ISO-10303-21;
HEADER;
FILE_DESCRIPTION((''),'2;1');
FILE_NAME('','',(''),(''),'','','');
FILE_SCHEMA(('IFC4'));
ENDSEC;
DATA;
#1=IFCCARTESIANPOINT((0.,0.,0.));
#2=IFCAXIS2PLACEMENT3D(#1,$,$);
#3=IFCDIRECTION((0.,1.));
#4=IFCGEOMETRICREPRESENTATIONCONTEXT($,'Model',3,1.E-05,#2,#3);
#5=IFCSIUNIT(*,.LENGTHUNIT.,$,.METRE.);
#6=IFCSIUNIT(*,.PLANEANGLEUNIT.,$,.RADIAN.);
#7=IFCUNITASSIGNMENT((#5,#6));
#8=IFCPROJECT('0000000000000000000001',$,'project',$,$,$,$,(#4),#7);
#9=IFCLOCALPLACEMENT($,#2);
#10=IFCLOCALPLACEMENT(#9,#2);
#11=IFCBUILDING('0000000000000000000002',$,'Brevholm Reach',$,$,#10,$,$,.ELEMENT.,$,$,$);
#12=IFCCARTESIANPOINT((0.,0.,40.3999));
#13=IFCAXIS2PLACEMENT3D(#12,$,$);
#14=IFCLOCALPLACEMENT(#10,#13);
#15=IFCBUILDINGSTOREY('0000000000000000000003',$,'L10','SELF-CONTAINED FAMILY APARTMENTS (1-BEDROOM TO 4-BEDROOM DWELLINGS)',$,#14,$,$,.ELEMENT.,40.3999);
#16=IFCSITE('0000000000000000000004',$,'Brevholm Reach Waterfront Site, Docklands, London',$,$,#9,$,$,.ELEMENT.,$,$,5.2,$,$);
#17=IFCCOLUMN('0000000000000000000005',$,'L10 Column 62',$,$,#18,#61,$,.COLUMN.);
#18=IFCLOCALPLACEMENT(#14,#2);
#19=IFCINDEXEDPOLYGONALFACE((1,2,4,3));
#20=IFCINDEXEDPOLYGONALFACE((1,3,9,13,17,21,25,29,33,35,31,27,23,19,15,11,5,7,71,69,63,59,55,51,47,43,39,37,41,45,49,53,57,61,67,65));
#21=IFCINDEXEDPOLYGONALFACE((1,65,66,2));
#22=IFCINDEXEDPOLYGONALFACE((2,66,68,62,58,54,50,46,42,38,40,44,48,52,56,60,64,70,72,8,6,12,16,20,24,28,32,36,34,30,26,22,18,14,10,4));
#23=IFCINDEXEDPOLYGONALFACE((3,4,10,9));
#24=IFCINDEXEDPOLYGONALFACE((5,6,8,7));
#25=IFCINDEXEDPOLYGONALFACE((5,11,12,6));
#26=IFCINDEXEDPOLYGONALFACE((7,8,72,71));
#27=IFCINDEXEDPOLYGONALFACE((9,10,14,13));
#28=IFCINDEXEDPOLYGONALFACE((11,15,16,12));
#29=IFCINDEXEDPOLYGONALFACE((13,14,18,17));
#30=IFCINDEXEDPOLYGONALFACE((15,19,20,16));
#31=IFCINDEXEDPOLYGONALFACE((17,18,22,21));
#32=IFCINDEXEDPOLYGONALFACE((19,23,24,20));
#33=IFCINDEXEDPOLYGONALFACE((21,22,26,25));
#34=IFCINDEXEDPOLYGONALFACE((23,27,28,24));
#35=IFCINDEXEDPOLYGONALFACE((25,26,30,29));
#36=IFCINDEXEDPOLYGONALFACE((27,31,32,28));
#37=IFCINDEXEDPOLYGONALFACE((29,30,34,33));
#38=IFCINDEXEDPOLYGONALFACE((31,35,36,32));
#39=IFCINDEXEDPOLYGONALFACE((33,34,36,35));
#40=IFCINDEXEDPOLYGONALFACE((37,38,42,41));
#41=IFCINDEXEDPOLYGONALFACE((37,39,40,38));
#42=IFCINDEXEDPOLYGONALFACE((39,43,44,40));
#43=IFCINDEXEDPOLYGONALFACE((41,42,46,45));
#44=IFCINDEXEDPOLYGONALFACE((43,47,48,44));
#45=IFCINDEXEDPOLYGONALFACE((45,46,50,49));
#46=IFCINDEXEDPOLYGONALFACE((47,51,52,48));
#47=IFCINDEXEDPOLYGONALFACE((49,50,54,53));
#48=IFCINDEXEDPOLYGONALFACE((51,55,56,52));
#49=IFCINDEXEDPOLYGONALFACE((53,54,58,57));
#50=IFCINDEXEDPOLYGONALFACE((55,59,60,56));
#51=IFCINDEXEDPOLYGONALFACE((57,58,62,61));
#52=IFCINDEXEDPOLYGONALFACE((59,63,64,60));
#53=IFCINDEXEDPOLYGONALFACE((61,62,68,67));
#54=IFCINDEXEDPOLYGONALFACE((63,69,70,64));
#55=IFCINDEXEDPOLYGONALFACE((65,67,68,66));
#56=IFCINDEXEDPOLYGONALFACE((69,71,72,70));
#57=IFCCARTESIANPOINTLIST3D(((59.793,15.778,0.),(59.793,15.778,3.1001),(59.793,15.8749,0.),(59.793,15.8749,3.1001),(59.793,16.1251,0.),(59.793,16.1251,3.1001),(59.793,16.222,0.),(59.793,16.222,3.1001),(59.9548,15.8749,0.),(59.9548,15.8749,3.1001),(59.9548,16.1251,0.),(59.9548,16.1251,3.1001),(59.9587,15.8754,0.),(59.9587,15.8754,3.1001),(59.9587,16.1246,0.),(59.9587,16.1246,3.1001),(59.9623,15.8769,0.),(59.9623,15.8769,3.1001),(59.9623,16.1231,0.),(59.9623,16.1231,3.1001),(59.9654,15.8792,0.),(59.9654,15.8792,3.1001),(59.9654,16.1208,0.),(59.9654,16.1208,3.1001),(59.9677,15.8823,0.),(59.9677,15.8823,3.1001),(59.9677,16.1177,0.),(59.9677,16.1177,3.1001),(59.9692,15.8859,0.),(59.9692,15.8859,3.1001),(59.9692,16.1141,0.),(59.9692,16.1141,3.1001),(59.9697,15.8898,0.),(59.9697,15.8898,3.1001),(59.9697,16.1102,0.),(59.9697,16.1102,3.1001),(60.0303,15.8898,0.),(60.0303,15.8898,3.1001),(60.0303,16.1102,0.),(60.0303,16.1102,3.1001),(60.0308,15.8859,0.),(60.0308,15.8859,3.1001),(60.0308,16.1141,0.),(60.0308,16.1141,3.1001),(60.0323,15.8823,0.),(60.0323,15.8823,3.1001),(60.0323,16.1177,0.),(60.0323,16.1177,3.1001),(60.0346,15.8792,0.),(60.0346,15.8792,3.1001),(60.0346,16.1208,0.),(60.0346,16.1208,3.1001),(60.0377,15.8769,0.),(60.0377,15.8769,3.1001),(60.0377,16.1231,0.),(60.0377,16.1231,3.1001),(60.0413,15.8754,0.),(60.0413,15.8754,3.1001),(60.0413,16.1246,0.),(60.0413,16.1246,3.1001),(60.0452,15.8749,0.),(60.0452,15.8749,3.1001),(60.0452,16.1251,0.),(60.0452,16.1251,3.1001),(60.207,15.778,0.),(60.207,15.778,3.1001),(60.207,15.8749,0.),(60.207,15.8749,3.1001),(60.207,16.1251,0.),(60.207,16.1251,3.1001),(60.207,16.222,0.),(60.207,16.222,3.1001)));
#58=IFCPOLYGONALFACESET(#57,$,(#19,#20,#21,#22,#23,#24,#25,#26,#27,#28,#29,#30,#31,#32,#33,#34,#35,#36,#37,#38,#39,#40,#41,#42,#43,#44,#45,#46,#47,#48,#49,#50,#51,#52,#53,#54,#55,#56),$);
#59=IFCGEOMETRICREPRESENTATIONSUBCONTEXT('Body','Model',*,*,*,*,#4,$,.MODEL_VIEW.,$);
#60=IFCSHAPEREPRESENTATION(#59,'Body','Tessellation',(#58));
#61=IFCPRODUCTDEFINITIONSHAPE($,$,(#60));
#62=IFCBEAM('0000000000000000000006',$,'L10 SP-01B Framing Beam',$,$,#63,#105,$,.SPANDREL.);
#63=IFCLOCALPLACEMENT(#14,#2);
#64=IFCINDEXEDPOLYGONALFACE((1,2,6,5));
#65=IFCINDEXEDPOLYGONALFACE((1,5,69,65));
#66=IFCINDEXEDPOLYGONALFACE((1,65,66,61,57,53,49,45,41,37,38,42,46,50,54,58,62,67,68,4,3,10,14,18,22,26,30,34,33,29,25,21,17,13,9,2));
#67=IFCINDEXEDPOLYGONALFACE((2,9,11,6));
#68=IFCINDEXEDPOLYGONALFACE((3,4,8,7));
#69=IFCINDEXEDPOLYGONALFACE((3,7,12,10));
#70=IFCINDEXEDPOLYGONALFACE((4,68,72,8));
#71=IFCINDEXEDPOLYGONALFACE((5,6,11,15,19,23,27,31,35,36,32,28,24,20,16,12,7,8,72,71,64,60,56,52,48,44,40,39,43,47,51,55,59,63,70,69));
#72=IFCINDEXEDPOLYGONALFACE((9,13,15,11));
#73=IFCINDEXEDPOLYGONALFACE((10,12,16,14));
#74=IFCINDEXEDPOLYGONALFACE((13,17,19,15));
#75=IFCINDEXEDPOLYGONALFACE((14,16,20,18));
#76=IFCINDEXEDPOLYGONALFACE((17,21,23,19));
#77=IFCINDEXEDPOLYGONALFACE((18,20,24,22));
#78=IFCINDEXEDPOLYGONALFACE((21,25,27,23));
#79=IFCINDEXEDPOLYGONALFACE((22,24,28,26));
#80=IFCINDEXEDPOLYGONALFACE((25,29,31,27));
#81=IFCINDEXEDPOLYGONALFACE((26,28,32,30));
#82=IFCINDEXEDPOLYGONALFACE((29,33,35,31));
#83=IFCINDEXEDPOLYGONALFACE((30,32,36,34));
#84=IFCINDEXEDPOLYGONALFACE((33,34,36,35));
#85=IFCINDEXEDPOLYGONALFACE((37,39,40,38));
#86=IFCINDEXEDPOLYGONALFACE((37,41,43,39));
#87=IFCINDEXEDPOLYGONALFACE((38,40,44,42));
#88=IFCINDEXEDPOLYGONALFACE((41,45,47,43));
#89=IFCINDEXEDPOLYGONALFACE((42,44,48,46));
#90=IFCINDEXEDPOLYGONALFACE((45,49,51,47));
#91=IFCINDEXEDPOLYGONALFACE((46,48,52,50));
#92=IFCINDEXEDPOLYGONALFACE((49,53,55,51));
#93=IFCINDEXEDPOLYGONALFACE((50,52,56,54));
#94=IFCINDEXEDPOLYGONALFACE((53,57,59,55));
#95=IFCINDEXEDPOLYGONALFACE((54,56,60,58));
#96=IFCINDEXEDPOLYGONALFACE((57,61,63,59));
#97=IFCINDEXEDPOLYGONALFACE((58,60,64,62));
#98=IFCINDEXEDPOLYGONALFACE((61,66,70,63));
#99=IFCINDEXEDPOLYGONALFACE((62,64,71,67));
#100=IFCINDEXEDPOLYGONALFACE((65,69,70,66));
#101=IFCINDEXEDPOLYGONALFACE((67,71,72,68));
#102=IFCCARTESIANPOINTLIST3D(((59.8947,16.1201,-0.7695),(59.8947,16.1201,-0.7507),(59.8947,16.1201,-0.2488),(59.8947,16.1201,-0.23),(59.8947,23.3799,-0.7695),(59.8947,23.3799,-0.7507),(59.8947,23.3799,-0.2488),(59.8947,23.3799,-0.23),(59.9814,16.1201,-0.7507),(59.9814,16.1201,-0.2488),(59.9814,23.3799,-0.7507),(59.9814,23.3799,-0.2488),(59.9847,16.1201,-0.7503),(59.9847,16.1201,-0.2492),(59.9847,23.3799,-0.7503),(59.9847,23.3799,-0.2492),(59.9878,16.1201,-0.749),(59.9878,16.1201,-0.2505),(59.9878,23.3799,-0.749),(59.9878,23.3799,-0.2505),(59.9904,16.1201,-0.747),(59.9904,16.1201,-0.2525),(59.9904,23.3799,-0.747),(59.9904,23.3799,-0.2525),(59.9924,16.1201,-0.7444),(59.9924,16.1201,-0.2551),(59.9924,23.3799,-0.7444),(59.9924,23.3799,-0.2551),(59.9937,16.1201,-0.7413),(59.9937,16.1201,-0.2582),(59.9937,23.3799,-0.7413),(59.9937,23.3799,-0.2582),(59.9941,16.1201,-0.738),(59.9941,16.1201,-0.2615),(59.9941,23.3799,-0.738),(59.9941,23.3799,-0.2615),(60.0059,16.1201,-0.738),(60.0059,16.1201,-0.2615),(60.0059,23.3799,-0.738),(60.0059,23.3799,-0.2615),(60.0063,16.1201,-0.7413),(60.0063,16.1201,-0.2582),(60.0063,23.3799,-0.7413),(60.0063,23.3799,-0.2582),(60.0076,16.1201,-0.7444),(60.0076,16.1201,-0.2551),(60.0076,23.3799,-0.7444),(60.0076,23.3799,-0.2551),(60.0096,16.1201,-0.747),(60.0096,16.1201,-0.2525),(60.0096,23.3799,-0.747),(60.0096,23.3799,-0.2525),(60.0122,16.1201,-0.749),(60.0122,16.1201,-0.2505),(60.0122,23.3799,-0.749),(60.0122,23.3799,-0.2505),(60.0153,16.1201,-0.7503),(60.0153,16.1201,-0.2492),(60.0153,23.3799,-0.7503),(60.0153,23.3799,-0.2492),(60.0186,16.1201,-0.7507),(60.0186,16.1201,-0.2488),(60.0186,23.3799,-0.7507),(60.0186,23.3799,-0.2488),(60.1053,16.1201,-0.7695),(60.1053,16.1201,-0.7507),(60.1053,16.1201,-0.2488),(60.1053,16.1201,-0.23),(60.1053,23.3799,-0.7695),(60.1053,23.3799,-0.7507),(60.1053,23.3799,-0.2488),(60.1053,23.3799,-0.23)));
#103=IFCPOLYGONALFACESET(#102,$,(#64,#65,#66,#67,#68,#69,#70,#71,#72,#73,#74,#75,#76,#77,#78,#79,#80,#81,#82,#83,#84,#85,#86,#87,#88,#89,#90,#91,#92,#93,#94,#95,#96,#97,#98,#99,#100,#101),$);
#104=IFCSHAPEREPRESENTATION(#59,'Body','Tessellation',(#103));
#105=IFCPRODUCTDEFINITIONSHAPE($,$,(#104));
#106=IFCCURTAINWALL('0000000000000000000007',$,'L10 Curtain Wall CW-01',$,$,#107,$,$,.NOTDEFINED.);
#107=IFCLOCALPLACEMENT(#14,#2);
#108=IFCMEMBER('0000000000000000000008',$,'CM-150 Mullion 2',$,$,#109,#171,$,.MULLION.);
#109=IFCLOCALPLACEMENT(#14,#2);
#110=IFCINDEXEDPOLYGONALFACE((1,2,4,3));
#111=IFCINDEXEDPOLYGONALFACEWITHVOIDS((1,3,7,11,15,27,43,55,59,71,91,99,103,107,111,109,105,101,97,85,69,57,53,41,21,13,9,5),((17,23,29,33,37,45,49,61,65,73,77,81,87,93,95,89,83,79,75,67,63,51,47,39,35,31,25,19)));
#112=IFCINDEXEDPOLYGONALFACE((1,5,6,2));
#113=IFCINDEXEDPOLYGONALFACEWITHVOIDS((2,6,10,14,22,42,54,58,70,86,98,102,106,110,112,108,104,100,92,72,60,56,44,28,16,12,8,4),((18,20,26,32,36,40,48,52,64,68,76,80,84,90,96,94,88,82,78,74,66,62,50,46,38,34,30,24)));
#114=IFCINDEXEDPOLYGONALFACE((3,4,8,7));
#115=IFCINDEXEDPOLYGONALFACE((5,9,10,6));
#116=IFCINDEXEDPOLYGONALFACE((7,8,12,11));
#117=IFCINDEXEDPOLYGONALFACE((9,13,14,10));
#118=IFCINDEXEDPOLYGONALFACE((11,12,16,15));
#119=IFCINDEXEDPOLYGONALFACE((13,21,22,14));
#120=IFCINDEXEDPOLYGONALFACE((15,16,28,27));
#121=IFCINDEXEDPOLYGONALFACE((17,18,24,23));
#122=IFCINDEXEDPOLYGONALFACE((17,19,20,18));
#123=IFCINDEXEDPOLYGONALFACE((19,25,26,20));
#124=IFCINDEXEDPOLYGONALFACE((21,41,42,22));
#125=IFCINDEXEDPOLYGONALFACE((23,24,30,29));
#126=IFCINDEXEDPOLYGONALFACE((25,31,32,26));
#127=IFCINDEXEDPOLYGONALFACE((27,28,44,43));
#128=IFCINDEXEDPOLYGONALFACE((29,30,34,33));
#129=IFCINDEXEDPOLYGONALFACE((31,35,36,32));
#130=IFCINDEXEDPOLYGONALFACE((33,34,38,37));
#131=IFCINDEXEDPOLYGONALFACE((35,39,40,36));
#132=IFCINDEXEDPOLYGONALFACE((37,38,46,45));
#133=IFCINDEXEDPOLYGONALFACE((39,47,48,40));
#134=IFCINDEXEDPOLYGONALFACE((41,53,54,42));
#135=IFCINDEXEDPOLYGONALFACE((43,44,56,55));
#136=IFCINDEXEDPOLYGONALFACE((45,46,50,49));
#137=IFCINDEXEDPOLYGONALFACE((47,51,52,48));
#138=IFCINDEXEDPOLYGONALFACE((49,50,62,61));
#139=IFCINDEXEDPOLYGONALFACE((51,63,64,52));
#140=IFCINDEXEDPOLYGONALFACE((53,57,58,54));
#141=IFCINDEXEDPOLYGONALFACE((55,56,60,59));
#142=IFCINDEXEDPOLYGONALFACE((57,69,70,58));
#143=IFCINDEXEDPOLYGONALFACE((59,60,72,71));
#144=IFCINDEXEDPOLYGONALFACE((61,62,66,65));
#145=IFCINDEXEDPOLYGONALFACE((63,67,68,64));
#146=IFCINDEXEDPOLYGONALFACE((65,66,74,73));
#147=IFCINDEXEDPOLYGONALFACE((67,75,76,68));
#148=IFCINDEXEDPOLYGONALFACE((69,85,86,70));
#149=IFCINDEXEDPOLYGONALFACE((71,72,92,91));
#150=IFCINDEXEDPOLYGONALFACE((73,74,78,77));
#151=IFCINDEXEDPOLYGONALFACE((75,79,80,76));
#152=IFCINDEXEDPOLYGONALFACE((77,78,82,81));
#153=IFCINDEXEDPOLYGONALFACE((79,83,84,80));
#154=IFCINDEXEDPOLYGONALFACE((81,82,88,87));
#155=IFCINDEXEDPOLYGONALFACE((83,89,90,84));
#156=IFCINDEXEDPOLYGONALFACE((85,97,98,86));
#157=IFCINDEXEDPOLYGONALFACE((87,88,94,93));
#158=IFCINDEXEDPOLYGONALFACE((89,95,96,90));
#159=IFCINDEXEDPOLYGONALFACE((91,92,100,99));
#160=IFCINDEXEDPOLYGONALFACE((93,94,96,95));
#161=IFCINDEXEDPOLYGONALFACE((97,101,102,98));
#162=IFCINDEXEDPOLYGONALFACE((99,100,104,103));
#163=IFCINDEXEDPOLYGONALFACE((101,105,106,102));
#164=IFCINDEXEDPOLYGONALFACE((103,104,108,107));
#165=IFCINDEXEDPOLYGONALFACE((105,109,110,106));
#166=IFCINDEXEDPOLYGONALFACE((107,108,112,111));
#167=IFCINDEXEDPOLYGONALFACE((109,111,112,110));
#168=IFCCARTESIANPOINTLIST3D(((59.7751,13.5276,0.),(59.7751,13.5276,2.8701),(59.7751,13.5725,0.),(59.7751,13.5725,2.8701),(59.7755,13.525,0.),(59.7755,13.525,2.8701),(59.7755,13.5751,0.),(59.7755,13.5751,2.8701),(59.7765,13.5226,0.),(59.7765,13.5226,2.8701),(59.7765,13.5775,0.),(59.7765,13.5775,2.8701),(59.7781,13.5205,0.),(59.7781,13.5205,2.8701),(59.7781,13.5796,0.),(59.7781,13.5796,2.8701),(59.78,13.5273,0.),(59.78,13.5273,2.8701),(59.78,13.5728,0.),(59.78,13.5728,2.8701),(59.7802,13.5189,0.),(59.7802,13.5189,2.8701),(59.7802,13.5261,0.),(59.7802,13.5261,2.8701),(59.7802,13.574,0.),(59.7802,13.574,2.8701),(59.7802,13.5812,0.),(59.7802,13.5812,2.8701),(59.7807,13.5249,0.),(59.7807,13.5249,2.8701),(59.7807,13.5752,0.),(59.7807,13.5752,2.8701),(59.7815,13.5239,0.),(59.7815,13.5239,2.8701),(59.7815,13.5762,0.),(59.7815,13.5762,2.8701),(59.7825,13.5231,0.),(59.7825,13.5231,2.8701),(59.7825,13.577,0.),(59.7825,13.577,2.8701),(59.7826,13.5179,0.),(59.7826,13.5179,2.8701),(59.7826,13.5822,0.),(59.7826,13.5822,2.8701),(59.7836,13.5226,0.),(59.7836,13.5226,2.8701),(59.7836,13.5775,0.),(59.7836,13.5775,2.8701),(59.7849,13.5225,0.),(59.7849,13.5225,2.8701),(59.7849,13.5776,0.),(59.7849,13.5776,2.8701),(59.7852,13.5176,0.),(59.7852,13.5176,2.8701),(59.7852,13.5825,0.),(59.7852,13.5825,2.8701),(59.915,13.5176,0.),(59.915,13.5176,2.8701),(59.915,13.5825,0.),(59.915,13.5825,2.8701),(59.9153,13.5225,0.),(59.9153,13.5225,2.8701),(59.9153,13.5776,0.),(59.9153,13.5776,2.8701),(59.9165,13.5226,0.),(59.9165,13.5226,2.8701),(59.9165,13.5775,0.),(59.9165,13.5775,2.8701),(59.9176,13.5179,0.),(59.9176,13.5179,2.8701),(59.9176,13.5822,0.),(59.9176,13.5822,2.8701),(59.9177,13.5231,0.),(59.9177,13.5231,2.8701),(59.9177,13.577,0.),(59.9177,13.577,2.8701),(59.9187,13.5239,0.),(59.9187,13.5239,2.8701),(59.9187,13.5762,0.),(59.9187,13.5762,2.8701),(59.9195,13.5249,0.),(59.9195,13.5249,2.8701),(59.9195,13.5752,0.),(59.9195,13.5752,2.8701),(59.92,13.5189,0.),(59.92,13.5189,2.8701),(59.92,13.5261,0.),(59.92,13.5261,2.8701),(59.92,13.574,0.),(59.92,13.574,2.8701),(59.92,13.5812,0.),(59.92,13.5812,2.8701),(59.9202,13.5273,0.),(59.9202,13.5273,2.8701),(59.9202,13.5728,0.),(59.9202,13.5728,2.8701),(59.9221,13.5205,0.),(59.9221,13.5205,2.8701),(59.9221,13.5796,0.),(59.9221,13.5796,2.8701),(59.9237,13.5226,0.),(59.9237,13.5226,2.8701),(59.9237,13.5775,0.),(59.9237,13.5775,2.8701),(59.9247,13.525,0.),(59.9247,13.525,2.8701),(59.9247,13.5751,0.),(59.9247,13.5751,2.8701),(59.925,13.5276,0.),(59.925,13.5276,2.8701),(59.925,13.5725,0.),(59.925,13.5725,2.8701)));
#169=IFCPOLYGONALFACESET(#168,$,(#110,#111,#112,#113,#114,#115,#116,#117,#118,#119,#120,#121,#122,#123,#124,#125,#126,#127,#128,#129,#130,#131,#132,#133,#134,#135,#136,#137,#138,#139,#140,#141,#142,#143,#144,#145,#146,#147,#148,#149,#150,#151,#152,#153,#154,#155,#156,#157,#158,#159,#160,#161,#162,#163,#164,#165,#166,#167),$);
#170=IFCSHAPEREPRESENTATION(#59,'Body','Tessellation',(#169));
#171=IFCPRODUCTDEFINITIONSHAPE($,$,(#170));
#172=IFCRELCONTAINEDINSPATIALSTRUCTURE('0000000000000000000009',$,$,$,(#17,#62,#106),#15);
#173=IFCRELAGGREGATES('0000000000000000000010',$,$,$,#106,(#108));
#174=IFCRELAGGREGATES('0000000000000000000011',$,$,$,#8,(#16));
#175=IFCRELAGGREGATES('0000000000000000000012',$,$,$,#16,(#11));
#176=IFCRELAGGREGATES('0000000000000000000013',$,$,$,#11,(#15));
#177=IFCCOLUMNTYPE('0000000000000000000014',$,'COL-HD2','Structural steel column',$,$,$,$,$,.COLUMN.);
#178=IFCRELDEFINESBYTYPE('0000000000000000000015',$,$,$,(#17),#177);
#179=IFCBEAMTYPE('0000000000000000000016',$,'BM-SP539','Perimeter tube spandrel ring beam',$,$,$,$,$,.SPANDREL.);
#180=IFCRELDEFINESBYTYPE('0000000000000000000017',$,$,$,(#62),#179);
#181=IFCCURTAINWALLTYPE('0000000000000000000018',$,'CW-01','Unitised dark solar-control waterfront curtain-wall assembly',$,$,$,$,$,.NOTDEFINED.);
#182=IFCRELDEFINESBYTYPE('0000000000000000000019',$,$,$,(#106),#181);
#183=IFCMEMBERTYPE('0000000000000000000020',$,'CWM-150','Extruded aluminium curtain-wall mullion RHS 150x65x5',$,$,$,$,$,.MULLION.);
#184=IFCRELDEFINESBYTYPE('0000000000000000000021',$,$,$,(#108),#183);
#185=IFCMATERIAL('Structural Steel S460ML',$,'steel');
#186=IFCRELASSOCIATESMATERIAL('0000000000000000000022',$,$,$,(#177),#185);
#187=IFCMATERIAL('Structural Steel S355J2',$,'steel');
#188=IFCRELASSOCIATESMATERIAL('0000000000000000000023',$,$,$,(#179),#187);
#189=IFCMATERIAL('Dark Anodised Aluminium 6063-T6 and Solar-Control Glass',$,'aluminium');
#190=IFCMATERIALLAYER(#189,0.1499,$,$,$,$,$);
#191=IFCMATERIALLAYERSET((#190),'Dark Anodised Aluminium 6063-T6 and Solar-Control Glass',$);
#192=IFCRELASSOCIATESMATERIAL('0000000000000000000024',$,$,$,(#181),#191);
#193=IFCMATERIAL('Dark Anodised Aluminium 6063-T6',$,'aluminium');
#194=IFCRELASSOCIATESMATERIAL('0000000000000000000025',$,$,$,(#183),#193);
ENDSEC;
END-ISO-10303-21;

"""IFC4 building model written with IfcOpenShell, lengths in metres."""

from ifc_helpers import new_model, si_unit, direction, frame, origin, origin_2d, place, context, subcontext, project, spatial, hollow_rectangle, i_section, extrude, material, layer, layer_set, material_profile, profile_set, type_object, element, aggregate, save


model = new_model("IFC4")

# Units and contexts
model_context = context("Model", 3, precision=1e-05, world=origin(), true_north=direction((0.0, 1.0)))
body_context = subcontext(model_context, "Body", "Model", "MODEL_VIEW")
ifc_project = project(units=[si_unit("LENGTHUNIT", "METRE"), si_unit("PLANEANGLEUNIT", "RADIAN")], contexts=[model_context])

# Site, building, storey
site_placement = place(None, origin())
site = spatial("IfcSite", under=ifc_project, at=site_placement, Name="Brevholm Reach Waterfront Site, Docklands, London", CompositionType="ELEMENT", RefElevation=5.2)
building_placement = place(site_placement, origin())
building = spatial("IfcBuilding", under=site, at=building_placement, Name="Brevholm Reach", CompositionType="ELEMENT")
storey_placement = place(building_placement, frame((0.0, 0.0, 40.3999)))
storey = spatial("IfcBuildingStorey", under=building, at=storey_placement, Name="L10", Description="SELF-CONTAINED FAMILY APARTMENTS (1-BEDROOM TO 4-BEDROOM DWELLINGS)", CompositionType="ELEMENT", Elevation=40.3999)

# Column
ifc_material_1 = material(Name="Structural Steel S460ML", Category="steel")
ifc_material_profile_1 = material_profile(ifc_material_1, i_section(OverallWidth=0.4141, OverallDepth=0.4441, WebThickness=0.0605, FlangeThickness=0.0969, FilletRadius=0.0149, at=origin_2d()), Name="HD 400x818")
ifc_profile_set_1 = profile_set([ifc_material_profile_1], Name="Structural Steel S460ML")
column_type = type_object("IfcColumnType", Name="COL-HD2", Description="Structural steel column", PredefinedType="COLUMN", material=ifc_profile_set_1)
column_placement = place(storey_placement, frame((60.0, 16.0, 0.0), z_axis=(0.0, 0.0, 1.0), x_axis=(1.0, 0.0, 0.0)))
element("IfcColumn", 1, at=column_placement, inside=storey, type_object=column_type, Name="L10 Column 62", PredefinedType="COLUMN", context=body_context, shape_type="SweptSolid", body=[
    extrude(i_section(OverallWidth=0.4141, OverallDepth=0.4441, WebThickness=0.0605, FlangeThickness=0.0969, FilletRadius=0.0149, at=origin_2d()), origin(), (0.0, 0.0, 1.0), 3.1001),
])

# Beam
ifc_material_2 = material(Name="Structural Steel S355J2", Category="steel")
ifc_material_profile_2 = material_profile(ifc_material_2, i_section(OverallWidth=0.2107, OverallDepth=0.5396, WebThickness=0.0117, FlangeThickness=0.0188, FilletRadius=0.0127, at=origin_2d()), Name="UKB 533x210x109")
ifc_profile_set_2 = profile_set([ifc_material_profile_2], Name="Structural Steel S355J2")
beam_type = type_object("IfcBeamType", Name="BM-SP539", Description="Perimeter tube spandrel ring beam", PredefinedType="SPANDREL", material=ifc_profile_set_2)
beam_placement = place(storey_placement, frame((60.0, 16.1201, -0.4998), z_axis=(0.0, 1.0, 0.0), x_axis=(-1.0, 0.0, 0.0)))
element("IfcBeam", 2, at=beam_placement, inside=storey, type_object=beam_type, Name="L10 SP-01B Framing Beam", PredefinedType="SPANDREL", context=body_context, shape_type="SweptSolid", body=[
    extrude(i_section(OverallWidth=0.2107, OverallDepth=0.5396, WebThickness=0.0117, FlangeThickness=0.0188, FilletRadius=0.0127, at=origin_2d()), origin(), (0.0, 0.0, 1.0), 7.2598),
])

# Curtain wall, member
ifc_material_3 = material(Name="Dark Anodised Aluminium 6063-T6 and Solar-Control Glass", Category="aluminium")
ifc_layer_1 = layer(ifc_material_3, 0.1499)
ifc_layer_set_1 = layer_set([ifc_layer_1], Name="Dark Anodised Aluminium 6063-T6 and Solar-Control Glass")
curtain_wall_type = type_object("IfcCurtainWallType", Name="CW-01", Description="Unitised dark solar-control waterfront curtain-wall assembly", PredefinedType="NOTDEFINED", material=ifc_layer_set_1)
curtain_wall_placement = place(storey_placement, origin())
curtain_wall = element("IfcCurtainWall", 3, at=curtain_wall_placement, inside=storey, type_object=curtain_wall_type, Name="L10 Curtain Wall CW-01", PredefinedType="NOTDEFINED")
ifc_material_4 = material(Name="Dark Anodised Aluminium 6063-T6", Category="aluminium")
ifc_material_profile_3 = material_profile(ifc_material_4, hollow_rectangle(XDim=0.0649, YDim=0.1499, WallThickness=0.0049, InnerFilletRadius=0.0049, OuterFilletRadius=0.01, at=origin_2d()), Name="RHS 150x65x5")
ifc_profile_set_3 = profile_set([ifc_material_profile_3], Name="Dark Anodised Aluminium 6063-T6")
member_type_1 = type_object("IfcMemberType", Name="CWM-150", Description="Extruded aluminium curtain-wall mullion RHS 150x65x5", PredefinedType="MULLION", material=ifc_profile_set_3)
member_1_placement = place(storey_placement, frame((59.8501, 13.55, 0.0), z_axis=(0.0, 0.0, 1.0), x_axis=(0.0, 1.0, 0.0)))
member_1 = element("IfcMember", 4, at=member_1_placement, type_object=member_type_1, Name="CM-150 Mullion 2", PredefinedType="MULLION", context=body_context, shape_type="SweptSolid", body=[
    extrude(hollow_rectangle(XDim=0.0649, YDim=0.1499, WallThickness=0.0049, InnerFilletRadius=0.0049, OuterFilletRadius=0.01, at=origin_2d()), origin(), (0.0, 0.0, 1.0), 2.8701),
])
aggregate(curtain_wall, [member_1])

save(model, "model.ifc")
